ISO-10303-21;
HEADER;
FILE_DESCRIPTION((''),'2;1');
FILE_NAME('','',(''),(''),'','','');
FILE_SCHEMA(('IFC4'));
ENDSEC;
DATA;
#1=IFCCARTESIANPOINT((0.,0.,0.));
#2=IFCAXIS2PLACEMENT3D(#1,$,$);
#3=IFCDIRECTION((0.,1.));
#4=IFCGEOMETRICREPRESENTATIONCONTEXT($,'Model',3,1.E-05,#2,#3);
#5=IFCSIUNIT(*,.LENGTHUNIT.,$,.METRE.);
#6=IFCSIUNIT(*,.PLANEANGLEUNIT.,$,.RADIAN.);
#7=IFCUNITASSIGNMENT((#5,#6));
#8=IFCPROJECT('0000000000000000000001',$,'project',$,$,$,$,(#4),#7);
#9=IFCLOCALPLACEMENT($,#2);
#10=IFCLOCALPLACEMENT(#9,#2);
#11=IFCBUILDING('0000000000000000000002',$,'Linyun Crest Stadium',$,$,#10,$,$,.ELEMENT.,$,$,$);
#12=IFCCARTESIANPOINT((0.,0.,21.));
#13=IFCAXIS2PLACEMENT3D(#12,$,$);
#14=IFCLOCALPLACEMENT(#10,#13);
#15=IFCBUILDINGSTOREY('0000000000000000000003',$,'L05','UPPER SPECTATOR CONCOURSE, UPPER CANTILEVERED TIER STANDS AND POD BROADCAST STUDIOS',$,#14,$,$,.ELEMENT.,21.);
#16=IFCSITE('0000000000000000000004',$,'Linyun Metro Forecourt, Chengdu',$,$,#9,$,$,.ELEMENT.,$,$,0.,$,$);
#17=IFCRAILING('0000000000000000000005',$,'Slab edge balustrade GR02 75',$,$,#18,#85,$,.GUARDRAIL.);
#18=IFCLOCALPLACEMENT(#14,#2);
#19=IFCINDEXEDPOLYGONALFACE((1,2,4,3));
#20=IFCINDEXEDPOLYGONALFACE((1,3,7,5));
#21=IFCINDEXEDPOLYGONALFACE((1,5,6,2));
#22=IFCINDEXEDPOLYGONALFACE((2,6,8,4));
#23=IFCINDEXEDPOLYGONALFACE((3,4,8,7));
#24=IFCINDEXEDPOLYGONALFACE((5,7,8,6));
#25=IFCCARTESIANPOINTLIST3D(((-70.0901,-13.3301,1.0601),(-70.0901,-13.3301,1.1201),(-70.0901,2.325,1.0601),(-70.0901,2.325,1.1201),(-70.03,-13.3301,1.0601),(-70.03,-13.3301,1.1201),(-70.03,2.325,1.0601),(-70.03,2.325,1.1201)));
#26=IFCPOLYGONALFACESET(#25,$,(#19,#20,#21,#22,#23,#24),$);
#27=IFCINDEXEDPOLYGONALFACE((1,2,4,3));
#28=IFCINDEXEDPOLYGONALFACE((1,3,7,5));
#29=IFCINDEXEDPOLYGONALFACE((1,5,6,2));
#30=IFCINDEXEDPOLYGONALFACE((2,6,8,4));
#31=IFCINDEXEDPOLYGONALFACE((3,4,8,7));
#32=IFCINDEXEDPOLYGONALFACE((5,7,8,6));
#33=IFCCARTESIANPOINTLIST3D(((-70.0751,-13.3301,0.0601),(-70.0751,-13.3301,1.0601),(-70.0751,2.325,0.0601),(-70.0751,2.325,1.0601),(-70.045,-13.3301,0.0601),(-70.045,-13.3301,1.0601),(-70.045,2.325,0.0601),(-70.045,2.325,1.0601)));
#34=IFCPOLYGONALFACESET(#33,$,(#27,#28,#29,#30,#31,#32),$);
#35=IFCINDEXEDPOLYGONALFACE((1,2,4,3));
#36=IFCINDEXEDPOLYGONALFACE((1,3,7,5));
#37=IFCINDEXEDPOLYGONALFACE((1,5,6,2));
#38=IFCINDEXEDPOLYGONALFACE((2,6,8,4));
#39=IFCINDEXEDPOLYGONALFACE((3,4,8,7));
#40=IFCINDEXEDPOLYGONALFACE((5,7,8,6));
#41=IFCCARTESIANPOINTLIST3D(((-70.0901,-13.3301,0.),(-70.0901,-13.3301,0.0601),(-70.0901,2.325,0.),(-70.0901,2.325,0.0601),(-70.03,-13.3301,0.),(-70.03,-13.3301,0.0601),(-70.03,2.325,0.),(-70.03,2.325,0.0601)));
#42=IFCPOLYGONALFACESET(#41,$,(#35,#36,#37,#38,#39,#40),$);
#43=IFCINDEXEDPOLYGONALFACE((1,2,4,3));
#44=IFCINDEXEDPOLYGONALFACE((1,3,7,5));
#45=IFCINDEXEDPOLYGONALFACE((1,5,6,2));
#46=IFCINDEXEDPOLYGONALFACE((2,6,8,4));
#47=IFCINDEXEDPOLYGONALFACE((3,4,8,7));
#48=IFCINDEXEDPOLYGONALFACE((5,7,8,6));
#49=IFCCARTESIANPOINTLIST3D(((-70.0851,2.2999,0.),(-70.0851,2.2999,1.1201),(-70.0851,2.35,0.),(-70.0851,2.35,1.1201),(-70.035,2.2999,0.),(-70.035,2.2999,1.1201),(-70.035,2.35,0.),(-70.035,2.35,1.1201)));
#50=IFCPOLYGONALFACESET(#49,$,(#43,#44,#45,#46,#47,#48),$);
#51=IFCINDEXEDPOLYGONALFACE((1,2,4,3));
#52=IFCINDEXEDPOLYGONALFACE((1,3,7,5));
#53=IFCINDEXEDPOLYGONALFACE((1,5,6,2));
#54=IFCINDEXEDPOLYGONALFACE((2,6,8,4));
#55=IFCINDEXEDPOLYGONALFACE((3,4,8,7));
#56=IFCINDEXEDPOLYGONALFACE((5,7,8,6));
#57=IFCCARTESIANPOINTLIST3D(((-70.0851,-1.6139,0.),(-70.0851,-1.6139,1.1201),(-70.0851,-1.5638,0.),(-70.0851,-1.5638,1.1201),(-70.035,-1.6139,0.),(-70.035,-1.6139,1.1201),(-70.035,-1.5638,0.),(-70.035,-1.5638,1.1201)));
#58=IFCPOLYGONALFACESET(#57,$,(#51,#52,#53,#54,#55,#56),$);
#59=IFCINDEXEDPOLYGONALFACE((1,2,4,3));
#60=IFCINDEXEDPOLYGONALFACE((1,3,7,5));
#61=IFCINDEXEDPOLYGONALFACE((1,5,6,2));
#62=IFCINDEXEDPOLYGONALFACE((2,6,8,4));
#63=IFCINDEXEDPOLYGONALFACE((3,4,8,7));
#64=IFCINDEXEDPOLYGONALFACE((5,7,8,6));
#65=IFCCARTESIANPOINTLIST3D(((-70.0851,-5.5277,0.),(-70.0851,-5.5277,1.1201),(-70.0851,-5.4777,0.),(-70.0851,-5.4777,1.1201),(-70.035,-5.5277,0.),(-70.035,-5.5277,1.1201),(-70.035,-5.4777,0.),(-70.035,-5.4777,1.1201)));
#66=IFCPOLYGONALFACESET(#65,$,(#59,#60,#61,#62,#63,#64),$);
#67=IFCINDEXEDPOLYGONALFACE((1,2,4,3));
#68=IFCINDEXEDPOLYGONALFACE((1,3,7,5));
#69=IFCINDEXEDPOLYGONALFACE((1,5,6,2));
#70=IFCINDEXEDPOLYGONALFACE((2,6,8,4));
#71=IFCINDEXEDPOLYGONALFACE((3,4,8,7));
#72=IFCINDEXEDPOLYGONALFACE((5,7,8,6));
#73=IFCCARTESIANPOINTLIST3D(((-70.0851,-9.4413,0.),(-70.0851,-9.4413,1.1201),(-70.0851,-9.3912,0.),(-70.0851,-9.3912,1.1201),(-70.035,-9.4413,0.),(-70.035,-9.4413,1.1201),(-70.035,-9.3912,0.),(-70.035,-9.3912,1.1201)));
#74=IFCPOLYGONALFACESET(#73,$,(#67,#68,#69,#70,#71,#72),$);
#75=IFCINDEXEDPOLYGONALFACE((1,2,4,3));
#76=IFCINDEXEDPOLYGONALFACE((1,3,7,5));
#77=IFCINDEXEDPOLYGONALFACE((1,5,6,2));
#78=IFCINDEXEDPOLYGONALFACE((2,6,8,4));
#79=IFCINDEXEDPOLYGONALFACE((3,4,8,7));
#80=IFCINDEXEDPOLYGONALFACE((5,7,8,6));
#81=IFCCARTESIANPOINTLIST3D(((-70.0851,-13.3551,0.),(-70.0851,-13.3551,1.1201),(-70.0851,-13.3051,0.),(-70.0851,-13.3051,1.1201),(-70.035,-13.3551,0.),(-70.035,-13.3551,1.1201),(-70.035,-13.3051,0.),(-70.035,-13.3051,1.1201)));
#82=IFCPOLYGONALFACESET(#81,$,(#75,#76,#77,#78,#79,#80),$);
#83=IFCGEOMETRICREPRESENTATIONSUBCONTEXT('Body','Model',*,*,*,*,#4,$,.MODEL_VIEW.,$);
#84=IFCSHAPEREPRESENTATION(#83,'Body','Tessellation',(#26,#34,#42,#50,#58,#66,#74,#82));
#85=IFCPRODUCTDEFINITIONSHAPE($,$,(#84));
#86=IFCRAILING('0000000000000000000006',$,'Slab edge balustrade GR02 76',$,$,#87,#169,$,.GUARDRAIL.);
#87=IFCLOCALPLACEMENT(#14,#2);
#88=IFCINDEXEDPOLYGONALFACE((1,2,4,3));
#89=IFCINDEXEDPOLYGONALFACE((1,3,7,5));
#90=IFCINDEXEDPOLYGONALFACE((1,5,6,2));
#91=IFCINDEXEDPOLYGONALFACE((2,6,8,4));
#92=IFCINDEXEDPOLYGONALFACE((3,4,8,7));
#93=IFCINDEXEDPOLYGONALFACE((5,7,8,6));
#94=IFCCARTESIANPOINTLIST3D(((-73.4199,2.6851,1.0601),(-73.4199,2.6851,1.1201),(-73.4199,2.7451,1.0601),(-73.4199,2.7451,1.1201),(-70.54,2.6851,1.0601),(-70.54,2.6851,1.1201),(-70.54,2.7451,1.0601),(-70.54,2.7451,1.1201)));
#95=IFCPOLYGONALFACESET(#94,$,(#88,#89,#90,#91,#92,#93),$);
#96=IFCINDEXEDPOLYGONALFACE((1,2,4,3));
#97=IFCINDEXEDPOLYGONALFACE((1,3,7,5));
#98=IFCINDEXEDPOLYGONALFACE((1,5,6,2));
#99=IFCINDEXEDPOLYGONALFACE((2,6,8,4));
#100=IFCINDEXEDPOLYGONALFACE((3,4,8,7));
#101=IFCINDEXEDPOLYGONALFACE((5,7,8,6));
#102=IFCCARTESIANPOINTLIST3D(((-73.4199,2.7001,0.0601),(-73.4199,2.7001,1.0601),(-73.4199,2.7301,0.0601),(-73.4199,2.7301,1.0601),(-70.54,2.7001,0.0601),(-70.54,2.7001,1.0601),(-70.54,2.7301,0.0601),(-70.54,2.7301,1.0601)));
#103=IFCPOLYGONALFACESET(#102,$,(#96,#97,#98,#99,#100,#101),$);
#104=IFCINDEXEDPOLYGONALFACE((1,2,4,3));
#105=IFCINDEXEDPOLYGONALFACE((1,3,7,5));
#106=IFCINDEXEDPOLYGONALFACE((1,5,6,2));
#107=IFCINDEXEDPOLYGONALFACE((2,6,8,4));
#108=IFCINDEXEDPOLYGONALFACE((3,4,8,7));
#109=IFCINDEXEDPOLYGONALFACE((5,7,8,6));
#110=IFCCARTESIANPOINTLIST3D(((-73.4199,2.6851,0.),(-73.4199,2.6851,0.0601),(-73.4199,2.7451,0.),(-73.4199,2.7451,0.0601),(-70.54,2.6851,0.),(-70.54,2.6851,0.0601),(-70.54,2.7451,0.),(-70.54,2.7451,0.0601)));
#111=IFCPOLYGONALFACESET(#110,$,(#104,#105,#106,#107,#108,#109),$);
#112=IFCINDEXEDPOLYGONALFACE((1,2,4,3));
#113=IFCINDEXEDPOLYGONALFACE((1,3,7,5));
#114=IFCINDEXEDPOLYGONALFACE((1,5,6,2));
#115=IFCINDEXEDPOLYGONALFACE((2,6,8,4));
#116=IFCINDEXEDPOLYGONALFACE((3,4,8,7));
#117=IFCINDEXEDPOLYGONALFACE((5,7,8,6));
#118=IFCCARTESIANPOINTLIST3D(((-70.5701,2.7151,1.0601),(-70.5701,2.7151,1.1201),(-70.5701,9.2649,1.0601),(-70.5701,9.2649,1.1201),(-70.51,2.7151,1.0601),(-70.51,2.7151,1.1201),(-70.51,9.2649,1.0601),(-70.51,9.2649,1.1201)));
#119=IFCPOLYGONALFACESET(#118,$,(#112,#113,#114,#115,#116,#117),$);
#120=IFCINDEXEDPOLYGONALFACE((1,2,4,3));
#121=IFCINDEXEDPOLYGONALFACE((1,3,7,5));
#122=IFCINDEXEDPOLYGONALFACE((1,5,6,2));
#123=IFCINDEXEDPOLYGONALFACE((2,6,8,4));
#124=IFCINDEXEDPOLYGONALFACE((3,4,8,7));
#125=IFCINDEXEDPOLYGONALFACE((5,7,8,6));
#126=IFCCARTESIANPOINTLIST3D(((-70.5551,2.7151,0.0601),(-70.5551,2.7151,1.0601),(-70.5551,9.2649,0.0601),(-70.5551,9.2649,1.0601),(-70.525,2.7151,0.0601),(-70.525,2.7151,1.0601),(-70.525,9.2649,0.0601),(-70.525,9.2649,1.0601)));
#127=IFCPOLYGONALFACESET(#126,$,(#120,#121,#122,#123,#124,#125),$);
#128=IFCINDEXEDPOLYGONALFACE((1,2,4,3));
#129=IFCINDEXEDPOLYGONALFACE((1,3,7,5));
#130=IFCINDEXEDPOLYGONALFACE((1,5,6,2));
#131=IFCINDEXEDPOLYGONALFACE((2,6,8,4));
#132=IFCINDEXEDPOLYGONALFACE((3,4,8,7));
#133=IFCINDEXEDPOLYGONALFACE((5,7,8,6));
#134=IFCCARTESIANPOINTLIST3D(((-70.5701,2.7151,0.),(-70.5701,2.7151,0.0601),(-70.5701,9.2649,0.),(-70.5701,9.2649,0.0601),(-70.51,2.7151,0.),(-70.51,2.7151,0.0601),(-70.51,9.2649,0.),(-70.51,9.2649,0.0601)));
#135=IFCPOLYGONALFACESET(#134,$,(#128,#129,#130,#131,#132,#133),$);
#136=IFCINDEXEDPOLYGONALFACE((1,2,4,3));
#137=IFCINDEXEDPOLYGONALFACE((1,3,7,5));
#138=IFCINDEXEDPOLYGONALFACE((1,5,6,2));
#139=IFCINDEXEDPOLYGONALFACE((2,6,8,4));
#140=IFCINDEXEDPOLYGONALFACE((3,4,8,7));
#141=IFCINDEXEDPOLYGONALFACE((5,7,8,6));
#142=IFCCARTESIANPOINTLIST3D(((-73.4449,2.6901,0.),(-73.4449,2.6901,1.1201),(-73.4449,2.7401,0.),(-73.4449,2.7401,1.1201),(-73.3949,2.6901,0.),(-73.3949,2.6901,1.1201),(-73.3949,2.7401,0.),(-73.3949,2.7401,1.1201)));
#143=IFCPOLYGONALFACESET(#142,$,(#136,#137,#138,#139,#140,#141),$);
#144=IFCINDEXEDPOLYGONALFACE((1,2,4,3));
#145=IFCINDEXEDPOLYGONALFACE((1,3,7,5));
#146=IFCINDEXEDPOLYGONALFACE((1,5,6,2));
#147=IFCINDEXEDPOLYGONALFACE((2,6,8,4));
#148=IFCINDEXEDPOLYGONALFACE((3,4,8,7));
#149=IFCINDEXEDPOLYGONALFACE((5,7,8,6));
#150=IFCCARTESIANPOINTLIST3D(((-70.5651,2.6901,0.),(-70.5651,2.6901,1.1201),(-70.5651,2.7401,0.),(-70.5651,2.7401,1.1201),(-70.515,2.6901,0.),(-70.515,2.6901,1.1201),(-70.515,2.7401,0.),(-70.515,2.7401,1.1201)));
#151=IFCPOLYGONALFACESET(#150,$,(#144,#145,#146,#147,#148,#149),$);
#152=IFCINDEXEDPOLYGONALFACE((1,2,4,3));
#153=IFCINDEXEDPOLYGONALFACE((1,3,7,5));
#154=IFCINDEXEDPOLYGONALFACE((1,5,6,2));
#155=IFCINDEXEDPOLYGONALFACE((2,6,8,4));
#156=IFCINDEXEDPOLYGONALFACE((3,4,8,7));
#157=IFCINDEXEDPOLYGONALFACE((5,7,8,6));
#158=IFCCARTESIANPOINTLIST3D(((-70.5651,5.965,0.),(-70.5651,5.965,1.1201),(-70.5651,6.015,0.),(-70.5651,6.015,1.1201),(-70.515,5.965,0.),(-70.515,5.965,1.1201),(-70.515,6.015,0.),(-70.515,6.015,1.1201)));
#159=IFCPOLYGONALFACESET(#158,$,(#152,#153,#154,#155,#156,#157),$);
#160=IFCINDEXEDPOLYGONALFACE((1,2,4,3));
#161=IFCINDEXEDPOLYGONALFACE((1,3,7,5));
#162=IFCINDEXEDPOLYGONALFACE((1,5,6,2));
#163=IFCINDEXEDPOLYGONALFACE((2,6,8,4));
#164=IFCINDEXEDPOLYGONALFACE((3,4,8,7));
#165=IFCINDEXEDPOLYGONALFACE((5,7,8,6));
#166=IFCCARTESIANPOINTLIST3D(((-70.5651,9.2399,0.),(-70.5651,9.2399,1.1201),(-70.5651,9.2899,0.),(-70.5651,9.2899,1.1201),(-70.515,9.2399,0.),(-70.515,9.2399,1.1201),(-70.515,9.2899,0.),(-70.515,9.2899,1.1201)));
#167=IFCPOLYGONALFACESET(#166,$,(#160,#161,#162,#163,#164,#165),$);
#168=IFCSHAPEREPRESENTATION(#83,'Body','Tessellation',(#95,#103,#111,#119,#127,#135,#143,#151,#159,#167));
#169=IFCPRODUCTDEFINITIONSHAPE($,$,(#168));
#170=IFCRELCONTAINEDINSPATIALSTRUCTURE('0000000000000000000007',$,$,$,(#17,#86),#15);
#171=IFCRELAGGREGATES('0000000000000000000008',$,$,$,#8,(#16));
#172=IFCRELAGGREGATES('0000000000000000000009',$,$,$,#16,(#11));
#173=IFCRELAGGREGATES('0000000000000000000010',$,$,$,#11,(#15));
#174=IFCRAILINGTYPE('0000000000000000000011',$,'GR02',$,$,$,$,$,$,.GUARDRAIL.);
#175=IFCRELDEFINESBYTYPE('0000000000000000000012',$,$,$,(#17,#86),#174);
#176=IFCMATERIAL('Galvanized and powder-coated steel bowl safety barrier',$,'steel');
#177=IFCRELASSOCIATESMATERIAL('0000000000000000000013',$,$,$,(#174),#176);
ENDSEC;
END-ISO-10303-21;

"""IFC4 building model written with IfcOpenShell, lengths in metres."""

from ifc_helpers import new_model, si_unit, direction, frame, origin, origin_2d, place, context, subcontext, project, spatial, rectangle, extrude, material, type_object, element, save


model = new_model("IFC4")

# Units and contexts
model_context = context("Model", 3, precision=1e-05, world=origin(), true_north=direction((0.0, 1.0)))
body_context = subcontext(model_context, "Body", "Model", "MODEL_VIEW")
ifc_project = project(units=[si_unit("LENGTHUNIT", "METRE"), si_unit("PLANEANGLEUNIT", "RADIAN")], contexts=[model_context])

# Site, building, storey
site_placement = place(None, origin())
site = spatial("IfcSite", under=ifc_project, at=site_placement, Name="Linyun Metro Forecourt, Chengdu", CompositionType="ELEMENT", RefElevation=0.0)
building_placement = place(site_placement, origin())
building = spatial("IfcBuilding", under=site, at=building_placement, Name="Linyun Crest Stadium", CompositionType="ELEMENT")
storey_placement = place(building_placement, frame((0.0, 0.0, 21.0)))
storey = spatial("IfcBuildingStorey", under=building, at=storey_placement, Name="L05", Description="UPPER SPECTATOR CONCOURSE, UPPER CANTILEVERED TIER STANDS AND POD BROADCAST STUDIOS", CompositionType="ELEMENT", Elevation=21.0)

# Railings
ifc_material_1 = material(Name="Galvanized and powder-coated steel bowl safety barrier", Category="steel")
railing_type = type_object("IfcRailingType", Name="GR02", PredefinedType="GUARDRAIL", material=ifc_material_1)
railing_1_placement = place(storey_placement, frame((-70.0601, 2.325, 0.0)))
element("IfcRailing", 1, at=railing_1_placement, inside=storey, type_object=railing_type, Name="Slab edge balustrade GR02 75", PredefinedType="GUARDRAIL", context=body_context, shape_type="SweptSolid", body=[
    extrude(rectangle(XDim=0.0601, YDim=0.0601, at=origin_2d()), frame((0.0, 0.0, 1.0901), z_axis=(0.0, -1.0, 0.0), x_axis=(1.0, 0.0, 0.0)), (0.0, 0.0, 1.0), 15.655),
    extrude(rectangle(XDim=0.03, YDim=1.0, at=origin_2d()), frame((0.0, 0.0, 0.5601), z_axis=(0.0, -1.0, 0.0), x_axis=(1.0, 0.0, 0.0)), (0.0, 0.0, 1.0), 15.655),
    extrude(rectangle(XDim=0.0601, YDim=0.0601, at=origin_2d()), frame((0.0, 0.0, 0.03), z_axis=(0.0, -1.0, 0.0), x_axis=(1.0, 0.0, 0.0)), (0.0, 0.0, 1.0), 15.655),
    extrude(rectangle(XDim=0.05, YDim=0.05, at=origin_2d()), origin(), (0.0, 0.0, 1.0), 1.1201),
    extrude(rectangle(XDim=0.05, YDim=0.05, at=origin_2d()), frame((0.0, -3.9138, 0.0)), (0.0, 0.0, 1.0), 1.1201),
    extrude(rectangle(XDim=0.05, YDim=0.05, at=origin_2d()), frame((0.0, -7.8276, 0.0)), (0.0, 0.0, 1.0), 1.1201),
    extrude(rectangle(XDim=0.05, YDim=0.05, at=origin_2d()), frame((0.0, -11.7412, 0.0)), (0.0, 0.0, 1.0), 1.1201),
    extrude(rectangle(XDim=0.05, YDim=0.05, at=origin_2d()), frame((0.0, -15.655, 0.0)), (0.0, 0.0, 1.0), 1.1201),
])
railing_2_placement = place(storey_placement, frame((-73.4199, 2.7151, 0.0)))
element("IfcRailing", 2, at=railing_2_placement, inside=storey, type_object=railing_type, Name="Slab edge balustrade GR02 76", PredefinedType="GUARDRAIL", context=body_context, shape_type="SweptSolid", body=[
    extrude(rectangle(XDim=0.0601, YDim=0.0601, at=origin_2d()), frame((0.0, 0.0, 1.0901), z_axis=(1.0, 0.0, 0.0), x_axis=(0.0, 1.0, 0.0)), (0.0, 0.0, 1.0), 2.8799),
    extrude(rectangle(XDim=0.03, YDim=1.0, at=origin_2d()), frame((0.0, 0.0, 0.5601), z_axis=(1.0, 0.0, 0.0), x_axis=(0.0, 1.0, 0.0)), (0.0, 0.0, 1.0), 2.8799),
    extrude(rectangle(XDim=0.0601, YDim=0.0601, at=origin_2d()), frame((0.0, 0.0, 0.03), z_axis=(1.0, 0.0, 0.0), x_axis=(0.0, 1.0, 0.0)), (0.0, 0.0, 1.0), 2.8799),
    extrude(rectangle(XDim=0.0601, YDim=0.0601, at=origin_2d()), frame((2.8799, 0.0, 1.0901), z_axis=(0.0, 1.0, 0.0), x_axis=(-1.0, 0.0, 0.0)), (0.0, 0.0, 1.0), 6.5498),
    extrude(rectangle(XDim=0.03, YDim=1.0, at=origin_2d()), frame((2.8799, 0.0, 0.5601), z_axis=(0.0, 1.0, 0.0), x_axis=(-1.0, 0.0, 0.0)), (0.0, 0.0, 1.0), 6.5498),
    extrude(rectangle(XDim=0.0601, YDim=0.0601, at=origin_2d()), frame((2.8799, 0.0, 0.03), z_axis=(0.0, 1.0, 0.0), x_axis=(-1.0, 0.0, 0.0)), (0.0, 0.0, 1.0), 6.5498),
    extrude(rectangle(XDim=0.05, YDim=0.05, at=origin_2d()), origin(), (0.0, 0.0, 1.0), 1.1201),
    extrude(rectangle(XDim=0.05, YDim=0.05, at=origin_2d()), frame((2.8799, 0.0, 0.0)), (0.0, 0.0, 1.0), 1.1201),
    extrude(rectangle(XDim=0.05, YDim=0.05, at=origin_2d()), frame((2.8799, 3.2749, 0.0)), (0.0, 0.0, 1.0), 1.1201),
    extrude(rectangle(XDim=0.05, YDim=0.05, at=origin_2d()), frame((2.8799, 6.5498, 0.0)), (0.0, 0.0, 1.0), 1.1201),
])

save(model, "model.ifc")
